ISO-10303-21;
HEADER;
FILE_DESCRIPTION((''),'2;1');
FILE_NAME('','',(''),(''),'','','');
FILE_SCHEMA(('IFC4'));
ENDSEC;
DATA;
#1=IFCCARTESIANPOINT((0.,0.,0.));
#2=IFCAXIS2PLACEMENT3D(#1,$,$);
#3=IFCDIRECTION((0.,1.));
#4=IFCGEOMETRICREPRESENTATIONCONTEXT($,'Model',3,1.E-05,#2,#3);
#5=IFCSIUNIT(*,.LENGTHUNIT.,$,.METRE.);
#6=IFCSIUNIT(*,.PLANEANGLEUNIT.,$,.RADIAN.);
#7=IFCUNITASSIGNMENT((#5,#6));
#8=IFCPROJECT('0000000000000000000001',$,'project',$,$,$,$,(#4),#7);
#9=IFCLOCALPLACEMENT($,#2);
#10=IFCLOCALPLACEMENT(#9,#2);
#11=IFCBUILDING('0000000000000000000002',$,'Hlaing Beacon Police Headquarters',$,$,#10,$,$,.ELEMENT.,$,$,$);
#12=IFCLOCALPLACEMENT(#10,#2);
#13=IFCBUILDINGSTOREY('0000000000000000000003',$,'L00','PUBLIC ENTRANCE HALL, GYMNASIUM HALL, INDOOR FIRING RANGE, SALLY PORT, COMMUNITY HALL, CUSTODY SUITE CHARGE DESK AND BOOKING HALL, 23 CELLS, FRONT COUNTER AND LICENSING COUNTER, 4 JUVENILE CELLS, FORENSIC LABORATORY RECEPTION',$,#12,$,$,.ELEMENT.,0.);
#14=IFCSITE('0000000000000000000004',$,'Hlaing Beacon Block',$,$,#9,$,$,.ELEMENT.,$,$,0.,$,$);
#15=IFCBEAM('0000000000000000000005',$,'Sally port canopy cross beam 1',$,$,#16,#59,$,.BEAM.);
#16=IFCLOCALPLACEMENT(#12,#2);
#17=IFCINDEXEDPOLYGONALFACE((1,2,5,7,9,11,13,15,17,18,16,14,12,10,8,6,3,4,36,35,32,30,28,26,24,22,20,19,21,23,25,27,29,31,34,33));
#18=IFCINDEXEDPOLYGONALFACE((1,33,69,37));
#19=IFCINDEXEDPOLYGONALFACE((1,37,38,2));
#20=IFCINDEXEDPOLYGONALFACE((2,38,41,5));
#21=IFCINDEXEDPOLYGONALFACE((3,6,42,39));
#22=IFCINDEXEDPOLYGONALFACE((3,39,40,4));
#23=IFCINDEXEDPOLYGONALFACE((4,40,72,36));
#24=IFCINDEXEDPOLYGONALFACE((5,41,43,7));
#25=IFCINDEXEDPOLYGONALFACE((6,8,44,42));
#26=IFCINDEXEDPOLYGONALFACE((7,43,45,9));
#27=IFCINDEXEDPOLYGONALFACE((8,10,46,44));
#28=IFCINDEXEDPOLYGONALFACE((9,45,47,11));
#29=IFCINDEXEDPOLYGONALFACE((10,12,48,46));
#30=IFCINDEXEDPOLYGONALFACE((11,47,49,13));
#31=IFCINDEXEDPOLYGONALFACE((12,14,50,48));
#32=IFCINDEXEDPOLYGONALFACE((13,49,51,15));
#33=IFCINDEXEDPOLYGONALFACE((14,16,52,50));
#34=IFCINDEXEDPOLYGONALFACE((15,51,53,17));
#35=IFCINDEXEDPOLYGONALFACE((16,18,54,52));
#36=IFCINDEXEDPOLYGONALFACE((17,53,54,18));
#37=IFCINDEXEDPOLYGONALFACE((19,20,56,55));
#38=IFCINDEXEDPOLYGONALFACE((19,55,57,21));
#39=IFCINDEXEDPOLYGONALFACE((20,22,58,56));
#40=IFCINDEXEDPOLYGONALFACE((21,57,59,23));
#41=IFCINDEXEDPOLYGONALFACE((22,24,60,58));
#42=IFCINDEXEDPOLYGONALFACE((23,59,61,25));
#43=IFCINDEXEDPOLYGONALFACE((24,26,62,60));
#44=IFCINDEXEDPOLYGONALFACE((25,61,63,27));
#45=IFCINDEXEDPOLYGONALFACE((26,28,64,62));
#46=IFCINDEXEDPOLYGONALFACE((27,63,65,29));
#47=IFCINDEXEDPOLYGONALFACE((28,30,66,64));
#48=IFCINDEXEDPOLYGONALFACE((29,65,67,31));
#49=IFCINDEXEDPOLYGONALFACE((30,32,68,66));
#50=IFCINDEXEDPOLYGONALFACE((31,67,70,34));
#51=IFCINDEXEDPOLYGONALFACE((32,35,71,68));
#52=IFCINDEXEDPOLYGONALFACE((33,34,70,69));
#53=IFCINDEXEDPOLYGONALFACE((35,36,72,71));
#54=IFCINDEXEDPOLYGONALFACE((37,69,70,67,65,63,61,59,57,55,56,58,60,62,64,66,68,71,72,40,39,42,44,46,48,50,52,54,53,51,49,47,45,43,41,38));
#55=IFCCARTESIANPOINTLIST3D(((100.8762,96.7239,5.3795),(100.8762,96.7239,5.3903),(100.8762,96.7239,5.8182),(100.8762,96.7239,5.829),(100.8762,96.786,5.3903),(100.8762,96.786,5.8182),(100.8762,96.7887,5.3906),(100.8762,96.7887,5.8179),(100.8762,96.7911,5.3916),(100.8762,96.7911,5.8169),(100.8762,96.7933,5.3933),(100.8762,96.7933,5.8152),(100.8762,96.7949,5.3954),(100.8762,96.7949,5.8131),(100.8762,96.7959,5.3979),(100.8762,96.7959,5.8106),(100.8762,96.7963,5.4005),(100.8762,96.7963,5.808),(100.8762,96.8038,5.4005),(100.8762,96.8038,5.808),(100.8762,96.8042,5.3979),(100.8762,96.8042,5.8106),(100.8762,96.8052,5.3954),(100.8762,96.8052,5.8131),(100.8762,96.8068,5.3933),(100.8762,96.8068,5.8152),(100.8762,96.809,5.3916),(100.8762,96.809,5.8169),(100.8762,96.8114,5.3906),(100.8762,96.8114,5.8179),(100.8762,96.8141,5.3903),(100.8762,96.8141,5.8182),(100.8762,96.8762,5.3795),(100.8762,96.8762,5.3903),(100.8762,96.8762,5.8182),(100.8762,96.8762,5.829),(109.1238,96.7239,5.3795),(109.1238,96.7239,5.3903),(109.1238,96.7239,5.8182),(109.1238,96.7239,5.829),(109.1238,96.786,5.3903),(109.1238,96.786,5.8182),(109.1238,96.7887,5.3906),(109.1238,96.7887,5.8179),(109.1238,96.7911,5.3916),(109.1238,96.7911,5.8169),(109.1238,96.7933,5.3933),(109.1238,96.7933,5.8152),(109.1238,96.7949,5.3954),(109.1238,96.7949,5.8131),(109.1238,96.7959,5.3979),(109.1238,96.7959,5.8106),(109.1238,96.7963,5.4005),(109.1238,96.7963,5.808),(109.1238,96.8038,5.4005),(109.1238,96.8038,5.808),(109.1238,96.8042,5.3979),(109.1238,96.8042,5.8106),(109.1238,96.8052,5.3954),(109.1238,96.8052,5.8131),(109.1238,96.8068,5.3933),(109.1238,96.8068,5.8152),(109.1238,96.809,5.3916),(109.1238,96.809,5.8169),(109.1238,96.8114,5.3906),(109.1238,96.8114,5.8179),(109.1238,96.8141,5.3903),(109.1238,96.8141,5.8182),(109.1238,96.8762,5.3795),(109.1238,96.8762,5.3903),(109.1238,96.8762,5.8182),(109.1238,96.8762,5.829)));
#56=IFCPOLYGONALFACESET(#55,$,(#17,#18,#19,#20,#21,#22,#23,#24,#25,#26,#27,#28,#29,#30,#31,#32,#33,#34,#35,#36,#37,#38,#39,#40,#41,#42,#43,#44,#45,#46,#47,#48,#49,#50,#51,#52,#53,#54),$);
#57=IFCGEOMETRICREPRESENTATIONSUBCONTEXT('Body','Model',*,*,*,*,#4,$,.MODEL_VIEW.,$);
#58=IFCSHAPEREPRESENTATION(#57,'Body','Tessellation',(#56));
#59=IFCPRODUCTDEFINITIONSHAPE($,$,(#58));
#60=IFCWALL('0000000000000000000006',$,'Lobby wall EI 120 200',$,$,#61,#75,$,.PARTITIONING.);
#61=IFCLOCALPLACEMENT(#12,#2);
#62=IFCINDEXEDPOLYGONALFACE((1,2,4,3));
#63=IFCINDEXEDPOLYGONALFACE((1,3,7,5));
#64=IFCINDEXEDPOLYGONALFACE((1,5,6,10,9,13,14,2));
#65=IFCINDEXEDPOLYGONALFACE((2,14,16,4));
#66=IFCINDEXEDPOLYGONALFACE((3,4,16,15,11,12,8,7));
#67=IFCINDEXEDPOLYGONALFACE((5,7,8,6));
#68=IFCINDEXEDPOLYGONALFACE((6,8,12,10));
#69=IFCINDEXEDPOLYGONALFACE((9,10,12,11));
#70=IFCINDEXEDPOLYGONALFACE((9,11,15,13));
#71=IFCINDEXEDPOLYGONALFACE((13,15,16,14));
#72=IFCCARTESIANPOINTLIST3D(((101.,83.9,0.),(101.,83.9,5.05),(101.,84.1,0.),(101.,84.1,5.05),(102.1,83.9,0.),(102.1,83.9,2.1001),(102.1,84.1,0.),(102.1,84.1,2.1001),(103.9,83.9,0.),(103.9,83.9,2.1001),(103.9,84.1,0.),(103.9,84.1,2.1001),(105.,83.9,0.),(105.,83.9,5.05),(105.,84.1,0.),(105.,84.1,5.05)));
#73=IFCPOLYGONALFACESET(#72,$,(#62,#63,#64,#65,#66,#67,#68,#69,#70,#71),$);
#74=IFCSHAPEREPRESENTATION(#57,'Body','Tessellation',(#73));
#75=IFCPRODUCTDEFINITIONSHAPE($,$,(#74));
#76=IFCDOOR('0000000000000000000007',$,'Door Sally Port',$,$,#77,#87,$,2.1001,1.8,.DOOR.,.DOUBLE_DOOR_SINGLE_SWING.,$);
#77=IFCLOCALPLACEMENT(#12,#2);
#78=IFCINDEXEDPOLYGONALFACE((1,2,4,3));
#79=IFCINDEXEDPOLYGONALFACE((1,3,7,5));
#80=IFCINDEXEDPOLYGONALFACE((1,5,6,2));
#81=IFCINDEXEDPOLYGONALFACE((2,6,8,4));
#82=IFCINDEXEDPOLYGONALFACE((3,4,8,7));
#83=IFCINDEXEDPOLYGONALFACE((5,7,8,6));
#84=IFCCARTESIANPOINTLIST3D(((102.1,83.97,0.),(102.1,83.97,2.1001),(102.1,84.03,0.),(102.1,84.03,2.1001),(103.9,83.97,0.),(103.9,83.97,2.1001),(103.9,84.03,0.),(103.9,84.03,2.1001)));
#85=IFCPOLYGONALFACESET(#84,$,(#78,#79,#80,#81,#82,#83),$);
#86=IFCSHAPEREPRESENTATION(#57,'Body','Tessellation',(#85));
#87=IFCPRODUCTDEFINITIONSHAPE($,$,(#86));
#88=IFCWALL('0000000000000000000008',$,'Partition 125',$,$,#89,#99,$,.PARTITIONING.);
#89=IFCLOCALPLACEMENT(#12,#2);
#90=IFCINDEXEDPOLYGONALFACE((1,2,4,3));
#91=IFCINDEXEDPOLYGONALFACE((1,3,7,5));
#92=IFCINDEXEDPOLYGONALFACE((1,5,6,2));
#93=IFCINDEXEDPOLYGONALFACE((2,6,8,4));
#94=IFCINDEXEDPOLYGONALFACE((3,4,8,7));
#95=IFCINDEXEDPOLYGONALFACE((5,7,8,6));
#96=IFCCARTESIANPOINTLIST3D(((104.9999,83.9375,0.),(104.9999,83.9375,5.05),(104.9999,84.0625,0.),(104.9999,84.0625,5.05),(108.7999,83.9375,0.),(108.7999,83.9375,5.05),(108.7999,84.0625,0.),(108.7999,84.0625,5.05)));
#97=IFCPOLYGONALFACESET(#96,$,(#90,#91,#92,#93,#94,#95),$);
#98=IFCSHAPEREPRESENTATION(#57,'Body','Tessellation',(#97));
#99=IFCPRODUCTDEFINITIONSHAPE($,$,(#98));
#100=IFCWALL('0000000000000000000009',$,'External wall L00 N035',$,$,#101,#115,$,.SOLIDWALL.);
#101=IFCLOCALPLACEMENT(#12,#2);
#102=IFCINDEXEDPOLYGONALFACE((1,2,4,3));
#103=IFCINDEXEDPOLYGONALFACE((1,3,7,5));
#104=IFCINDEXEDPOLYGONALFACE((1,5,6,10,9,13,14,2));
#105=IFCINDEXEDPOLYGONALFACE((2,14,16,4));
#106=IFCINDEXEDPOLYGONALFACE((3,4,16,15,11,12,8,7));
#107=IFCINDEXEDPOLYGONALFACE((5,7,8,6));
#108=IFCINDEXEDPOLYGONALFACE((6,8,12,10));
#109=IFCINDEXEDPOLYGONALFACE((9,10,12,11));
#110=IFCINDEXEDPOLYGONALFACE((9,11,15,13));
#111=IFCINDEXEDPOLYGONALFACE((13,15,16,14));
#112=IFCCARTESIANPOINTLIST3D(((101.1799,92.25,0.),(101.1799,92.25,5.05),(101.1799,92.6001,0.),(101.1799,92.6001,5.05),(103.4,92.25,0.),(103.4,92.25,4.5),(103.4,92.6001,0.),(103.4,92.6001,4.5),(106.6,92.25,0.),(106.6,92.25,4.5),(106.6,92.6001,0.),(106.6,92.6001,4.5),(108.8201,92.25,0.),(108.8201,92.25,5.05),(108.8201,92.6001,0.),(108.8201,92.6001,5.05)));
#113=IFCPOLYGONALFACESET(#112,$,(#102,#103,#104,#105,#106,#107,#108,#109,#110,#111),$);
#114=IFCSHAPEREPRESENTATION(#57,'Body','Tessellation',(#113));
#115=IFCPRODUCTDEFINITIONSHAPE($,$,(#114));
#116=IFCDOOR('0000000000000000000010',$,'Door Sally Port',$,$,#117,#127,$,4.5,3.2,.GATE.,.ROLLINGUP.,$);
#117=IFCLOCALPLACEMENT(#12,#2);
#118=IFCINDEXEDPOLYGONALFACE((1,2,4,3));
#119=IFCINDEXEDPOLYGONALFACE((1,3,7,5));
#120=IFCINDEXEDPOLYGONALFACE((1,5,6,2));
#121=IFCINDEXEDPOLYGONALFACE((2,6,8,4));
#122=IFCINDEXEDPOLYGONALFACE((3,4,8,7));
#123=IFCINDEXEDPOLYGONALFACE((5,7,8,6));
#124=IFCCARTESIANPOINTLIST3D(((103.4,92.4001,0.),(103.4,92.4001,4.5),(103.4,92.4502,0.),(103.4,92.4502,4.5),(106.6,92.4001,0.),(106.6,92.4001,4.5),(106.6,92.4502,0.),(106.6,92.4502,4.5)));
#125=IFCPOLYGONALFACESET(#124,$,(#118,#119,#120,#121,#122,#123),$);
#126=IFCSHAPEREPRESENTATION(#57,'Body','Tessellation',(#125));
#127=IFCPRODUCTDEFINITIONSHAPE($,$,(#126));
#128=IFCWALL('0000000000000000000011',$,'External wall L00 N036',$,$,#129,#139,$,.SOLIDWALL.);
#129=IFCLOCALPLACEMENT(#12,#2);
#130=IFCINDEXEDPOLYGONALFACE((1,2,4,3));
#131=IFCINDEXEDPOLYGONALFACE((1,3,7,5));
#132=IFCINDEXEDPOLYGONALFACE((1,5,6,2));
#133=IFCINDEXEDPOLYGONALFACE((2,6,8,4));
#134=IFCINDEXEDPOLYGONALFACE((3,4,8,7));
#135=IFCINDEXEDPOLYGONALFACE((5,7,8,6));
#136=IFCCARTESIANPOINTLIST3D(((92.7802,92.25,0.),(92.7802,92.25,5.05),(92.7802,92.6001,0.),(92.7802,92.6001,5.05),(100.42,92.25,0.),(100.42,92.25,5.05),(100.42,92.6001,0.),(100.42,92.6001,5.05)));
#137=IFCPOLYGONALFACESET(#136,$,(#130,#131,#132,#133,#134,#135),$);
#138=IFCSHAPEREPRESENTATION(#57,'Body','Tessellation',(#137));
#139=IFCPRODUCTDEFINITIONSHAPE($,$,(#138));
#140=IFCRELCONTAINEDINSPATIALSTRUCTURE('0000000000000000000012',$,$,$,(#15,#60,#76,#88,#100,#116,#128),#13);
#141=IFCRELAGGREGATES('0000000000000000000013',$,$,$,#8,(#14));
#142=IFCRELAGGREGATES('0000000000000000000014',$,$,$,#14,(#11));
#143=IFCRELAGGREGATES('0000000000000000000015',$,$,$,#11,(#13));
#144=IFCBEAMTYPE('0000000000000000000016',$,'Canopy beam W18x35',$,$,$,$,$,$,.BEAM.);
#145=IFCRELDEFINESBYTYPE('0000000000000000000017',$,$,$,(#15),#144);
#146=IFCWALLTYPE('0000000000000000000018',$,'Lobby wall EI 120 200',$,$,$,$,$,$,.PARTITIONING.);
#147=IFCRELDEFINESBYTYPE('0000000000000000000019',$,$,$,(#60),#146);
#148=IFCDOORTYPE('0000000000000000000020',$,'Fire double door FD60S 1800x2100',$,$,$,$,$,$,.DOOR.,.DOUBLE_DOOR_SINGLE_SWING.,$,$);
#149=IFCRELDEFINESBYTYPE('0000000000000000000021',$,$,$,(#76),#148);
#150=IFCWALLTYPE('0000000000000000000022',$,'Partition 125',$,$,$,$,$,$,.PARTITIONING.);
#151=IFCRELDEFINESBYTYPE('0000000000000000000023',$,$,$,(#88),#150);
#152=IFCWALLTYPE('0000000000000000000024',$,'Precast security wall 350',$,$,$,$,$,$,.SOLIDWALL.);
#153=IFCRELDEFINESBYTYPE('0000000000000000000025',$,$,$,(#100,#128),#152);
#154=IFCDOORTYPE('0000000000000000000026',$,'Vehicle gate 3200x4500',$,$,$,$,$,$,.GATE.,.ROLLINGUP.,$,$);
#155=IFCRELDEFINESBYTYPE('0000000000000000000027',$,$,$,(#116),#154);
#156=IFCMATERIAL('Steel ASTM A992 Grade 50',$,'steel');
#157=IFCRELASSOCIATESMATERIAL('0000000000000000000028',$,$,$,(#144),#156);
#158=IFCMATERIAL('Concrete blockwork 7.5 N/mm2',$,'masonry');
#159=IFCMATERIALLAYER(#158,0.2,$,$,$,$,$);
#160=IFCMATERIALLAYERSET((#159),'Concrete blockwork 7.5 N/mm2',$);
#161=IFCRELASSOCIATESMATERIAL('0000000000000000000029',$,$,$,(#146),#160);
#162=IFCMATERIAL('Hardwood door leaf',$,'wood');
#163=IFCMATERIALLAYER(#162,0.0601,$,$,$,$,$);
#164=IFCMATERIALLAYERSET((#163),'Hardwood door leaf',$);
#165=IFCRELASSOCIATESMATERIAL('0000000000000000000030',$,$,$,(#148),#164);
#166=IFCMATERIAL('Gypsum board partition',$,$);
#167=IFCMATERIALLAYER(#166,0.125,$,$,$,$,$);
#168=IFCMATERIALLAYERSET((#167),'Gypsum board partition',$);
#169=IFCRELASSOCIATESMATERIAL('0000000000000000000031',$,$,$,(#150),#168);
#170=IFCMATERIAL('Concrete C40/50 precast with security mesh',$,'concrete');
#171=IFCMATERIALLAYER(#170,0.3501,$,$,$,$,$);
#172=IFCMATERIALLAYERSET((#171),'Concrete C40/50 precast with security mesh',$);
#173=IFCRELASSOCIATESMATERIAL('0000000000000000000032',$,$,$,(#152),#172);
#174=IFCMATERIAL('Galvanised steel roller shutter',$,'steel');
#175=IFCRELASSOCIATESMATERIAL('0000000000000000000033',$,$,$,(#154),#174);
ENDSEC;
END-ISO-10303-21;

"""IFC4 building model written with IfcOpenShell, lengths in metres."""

from ifc_helpers import new_model, si_unit, direction, frame, frame_2d, origin, origin_2d, place, context, subcontext, project, spatial, rectangle, i_section, extrude, material, layer, layer_set, material_profile, profile_set, type_object, element, fill, save


model = new_model("IFC4")

# Units and contexts
model_context = context("Model", 3, precision=1e-05, world=origin(), true_north=direction((0.0, 1.0)))
body_context = subcontext(model_context, "Body", "Model", "MODEL_VIEW")
ifc_project = project(units=[si_unit("LENGTHUNIT", "METRE"), si_unit("PLANEANGLEUNIT", "RADIAN")], contexts=[model_context])

# Site, building, storey
site_placement = place(None, origin())
site = spatial("IfcSite", under=ifc_project, at=site_placement, Name="Hlaing Beacon Block", CompositionType="ELEMENT", RefElevation=0.0)
building_placement = place(site_placement, origin())
building = spatial("IfcBuilding", under=site, at=building_placement, Name="Hlaing Beacon Police Headquarters", CompositionType="ELEMENT")
storey_placement = place(building_placement, origin())
storey = spatial("IfcBuildingStorey", under=building, at=storey_placement, Name="L00", Description="PUBLIC ENTRANCE HALL, GYMNASIUM HALL, INDOOR FIRING RANGE, SALLY PORT, COMMUNITY HALL, CUSTODY SUITE CHARGE DESK AND BOOKING HALL, 23 CELLS, FRONT COUNTER AND LICENSING COUNTER, 4 JUVENILE CELLS, FORENSIC LABORATORY RECEPTION", CompositionType="ELEMENT", Elevation=0.0)

# Beam
ifc_material_1 = material(Name="Steel ASTM A992 Grade 50", Category="steel")
ifc_material_profile_1 = material_profile(ifc_material_1, i_section(OverallWidth=0.1523, OverallDepth=0.4495, WebThickness=0.0076, FlangeThickness=0.0107, FilletRadius=0.0103, at=origin_2d()), Name="W18x35")
ifc_profile_set_1 = profile_set([ifc_material_profile_1], Name="Steel ASTM A992 Grade 50")
beam_type = type_object("IfcBeamType", Name="Canopy beam W18x35", PredefinedType="BEAM", material=ifc_profile_set_1)
beam_1_placement = place(storey_placement, frame((100.8762, 96.8, 5.6042), z_axis=(1.0, 0.0, 0.0), x_axis=(0.0, 1.0, 0.0)))
element("IfcBeam", 1, at=beam_1_placement, inside=storey, type_object=beam_type, Name="Sally port canopy cross beam 1", PredefinedType="BEAM", context=body_context, shape_type="SweptSolid", body=[
    extrude(i_section(OverallWidth=0.1523, OverallDepth=0.4495, WebThickness=0.0076, FlangeThickness=0.0107, FilletRadius=0.0103, at=origin_2d()), origin(), (0.0, 0.0, 1.0), 8.2476),
])

# Wall, opening, door
ifc_material_2 = material(Name="Concrete blockwork 7.5 N/mm2", Category="masonry")
ifc_layer_1 = layer(ifc_material_2, 0.2)
ifc_layer_set_1 = layer_set([ifc_layer_1], Name="Concrete blockwork 7.5 N/mm2")
wall_type_1 = type_object("IfcWallType", Name="Lobby wall EI 120 200", PredefinedType="PARTITIONING", material=ifc_layer_set_1)
wall_1_placement = place(storey_placement, frame((101.0, 84.0, 0.0), z_axis=(0.0, 0.0, 1.0), x_axis=(1.0, 0.0, 0.0)))
wall_1 = element("IfcWall", 2, at=wall_1_placement, inside=storey, type_object=wall_type_1, Name="Lobby wall EI 120 200", PredefinedType="PARTITIONING", context=body_context, shape_type="SweptSolid", body=[
    extrude(rectangle(XDim=4.0, YDim=0.2, at=frame_2d((2.0, 0.0))), origin(), (0.0, 0.0, 1.0), 5.05),
])
opening_1_placement = place(wall_1_placement, frame((1.1001, 0.0, 0.0)))
opening_1 = element("IfcOpeningElement", 3, at=opening_1_placement, cuts=wall_1, PredefinedType="OPENING", context=body_context, shape_type="SweptSolid", body=[
    extrude(rectangle(XDim=1.8, YDim=2.1001, at=frame_2d((0.8999, 1.05))), frame((0.0, 0.1099, 0.0), z_axis=(0.0, -1.0, 0.0), x_axis=(1.0, 0.0, 0.0)), (0.0, 0.0, 1.0), 0.22),
])
ifc_material_3 = material(Name="Hardwood door leaf", Category="wood")
ifc_layer_2 = layer(ifc_material_3, 0.0601)
ifc_layer_set_2 = layer_set([ifc_layer_2], Name="Hardwood door leaf")
door_type_1 = type_object("IfcDoorType", Name="Fire double door FD60S 1800x2100", OperationType="DOUBLE_DOOR_SINGLE_SWING", PredefinedType="DOOR", material=ifc_layer_set_2)
door_1_placement = place(opening_1_placement, frame((1.8, 0.0, 0.0), z_axis=(0.0, 0.0, 1.0), x_axis=(-1.0, 0.0, 0.0)))
door_1 = element("IfcDoor", 4, at=door_1_placement, inside=storey, type_object=door_type_1, Name="Door Sally Port", OperationType="DOUBLE_DOOR_SINGLE_SWING", OverallHeight=2.1001, OverallWidth=1.8, PredefinedType="DOOR", context=body_context, shape_type="SweptSolid", body=[
    extrude(rectangle(XDim=1.8, YDim=2.1001, at=frame_2d((0.9001, 1.05))), frame((0.0, 0.03, 0.0), z_axis=(0.0, -1.0, 0.0), x_axis=(1.0, 0.0, 0.0)), (0.0, 0.0, 1.0), 0.0601),
])
fill(opening_1, door_1)

# Wall
ifc_material_4 = material(Name="Gypsum board partition")
ifc_layer_3 = layer(ifc_material_4, 0.125)
ifc_layer_set_3 = layer_set([ifc_layer_3], Name="Gypsum board partition")
wall_type_2 = type_object("IfcWallType", Name="Partition 125", PredefinedType="PARTITIONING", material=ifc_layer_set_3)
wall_2_placement = place(storey_placement, frame((105.0, 84.0, 0.0), z_axis=(0.0, 0.0, 1.0), x_axis=(1.0, 0.0, 0.0)))
element("IfcWall", 5, at=wall_2_placement, inside=storey, type_object=wall_type_2, Name="Partition 125", PredefinedType="PARTITIONING", context=body_context, shape_type="SweptSolid", body=[
    extrude(rectangle(XDim=3.8, YDim=0.125, at=frame_2d((1.8999, 0.0))), origin(), (0.0, 0.0, 1.0), 5.05),
])

# Wall, opening, door
ifc_material_5 = material(Name="Concrete C40/50 precast with security mesh", Category="concrete")
ifc_layer_4 = layer(ifc_material_5, 0.3501)
ifc_layer_set_4 = layer_set([ifc_layer_4], Name="Concrete C40/50 precast with security mesh")
wall_type_3 = type_object("IfcWallType", Name="Precast security wall 350", PredefinedType="SOLIDWALL", material=ifc_layer_set_4)
wall_3_placement = place(storey_placement, frame((108.8201, 92.425, 0.0), z_axis=(0.0, 0.0, 1.0), x_axis=(-1.0, 0.0, 0.0)))
wall_3 = element("IfcWall", 6, at=wall_3_placement, inside=storey, type_object=wall_type_3, Name="External wall L00 N035", PredefinedType="SOLIDWALL", context=body_context, shape_type="SweptSolid", body=[
    extrude(rectangle(XDim=7.6401, YDim=0.3501, at=frame_2d((3.8201, 0.0))), origin(), (0.0, 0.0, 1.0), 5.05),
])
opening_2_placement = place(wall_3_placement, frame((2.22, 0.0, 0.0)))
opening_2 = element("IfcOpeningElement", 7, at=opening_2_placement, cuts=wall_3, PredefinedType="OPENING", context=body_context, shape_type="SweptSolid", body=[
    extrude(rectangle(XDim=3.2, YDim=4.5, at=frame_2d((1.6001, 2.25))), frame((0.0, 0.1851, 0.0), z_axis=(0.0, -1.0, 0.0), x_axis=(1.0, 0.0, 0.0)), (0.0, 0.0, 1.0), 0.3701),
])
ifc_material_6 = material(Name="Galvanised steel roller shutter", Category="steel")
door_type_2 = type_object("IfcDoorType", Name="Vehicle gate 3200x4500", OperationType="ROLLINGUP", PredefinedType="GATE", material=ifc_material_6)
door_2_placement = place(opening_2_placement, frame((3.2, 0.0, 0.0), z_axis=(0.0, 0.0, 1.0), x_axis=(-1.0, 0.0, 0.0)))
door_2 = element("IfcDoor", 8, at=door_2_placement, inside=storey, type_object=door_type_2, Name="Door Sally Port", OperationType="ROLLINGUP", OverallHeight=4.5, OverallWidth=3.2, PredefinedType="GATE", context=body_context, shape_type="SweptSolid", body=[
    extrude(rectangle(XDim=3.2, YDim=4.5, at=frame_2d((1.5999, 2.25))), frame((0.0, 0.0251, 0.0), z_axis=(0.0, -1.0, 0.0), x_axis=(1.0, 0.0, 0.0)), (0.0, 0.0, 1.0), 0.05),
])
fill(opening_2, door_2)

# Wall
wall_4_placement = place(storey_placement, frame((100.4199, 92.425, 0.0), z_axis=(0.0, 0.0, 1.0), x_axis=(-1.0, 0.0, 0.0)))
element("IfcWall", 9, at=wall_4_placement, inside=storey, type_object=wall_type_3, Name="External wall L00 N036", PredefinedType="SOLIDWALL", context=body_context, shape_type="SweptSolid", body=[
    extrude(rectangle(XDim=7.6399, YDim=0.3501, at=frame_2d((3.8198, 0.0))), origin(), (0.0, 0.0, 1.0), 5.05),
])

save(model, "model.ifc")
